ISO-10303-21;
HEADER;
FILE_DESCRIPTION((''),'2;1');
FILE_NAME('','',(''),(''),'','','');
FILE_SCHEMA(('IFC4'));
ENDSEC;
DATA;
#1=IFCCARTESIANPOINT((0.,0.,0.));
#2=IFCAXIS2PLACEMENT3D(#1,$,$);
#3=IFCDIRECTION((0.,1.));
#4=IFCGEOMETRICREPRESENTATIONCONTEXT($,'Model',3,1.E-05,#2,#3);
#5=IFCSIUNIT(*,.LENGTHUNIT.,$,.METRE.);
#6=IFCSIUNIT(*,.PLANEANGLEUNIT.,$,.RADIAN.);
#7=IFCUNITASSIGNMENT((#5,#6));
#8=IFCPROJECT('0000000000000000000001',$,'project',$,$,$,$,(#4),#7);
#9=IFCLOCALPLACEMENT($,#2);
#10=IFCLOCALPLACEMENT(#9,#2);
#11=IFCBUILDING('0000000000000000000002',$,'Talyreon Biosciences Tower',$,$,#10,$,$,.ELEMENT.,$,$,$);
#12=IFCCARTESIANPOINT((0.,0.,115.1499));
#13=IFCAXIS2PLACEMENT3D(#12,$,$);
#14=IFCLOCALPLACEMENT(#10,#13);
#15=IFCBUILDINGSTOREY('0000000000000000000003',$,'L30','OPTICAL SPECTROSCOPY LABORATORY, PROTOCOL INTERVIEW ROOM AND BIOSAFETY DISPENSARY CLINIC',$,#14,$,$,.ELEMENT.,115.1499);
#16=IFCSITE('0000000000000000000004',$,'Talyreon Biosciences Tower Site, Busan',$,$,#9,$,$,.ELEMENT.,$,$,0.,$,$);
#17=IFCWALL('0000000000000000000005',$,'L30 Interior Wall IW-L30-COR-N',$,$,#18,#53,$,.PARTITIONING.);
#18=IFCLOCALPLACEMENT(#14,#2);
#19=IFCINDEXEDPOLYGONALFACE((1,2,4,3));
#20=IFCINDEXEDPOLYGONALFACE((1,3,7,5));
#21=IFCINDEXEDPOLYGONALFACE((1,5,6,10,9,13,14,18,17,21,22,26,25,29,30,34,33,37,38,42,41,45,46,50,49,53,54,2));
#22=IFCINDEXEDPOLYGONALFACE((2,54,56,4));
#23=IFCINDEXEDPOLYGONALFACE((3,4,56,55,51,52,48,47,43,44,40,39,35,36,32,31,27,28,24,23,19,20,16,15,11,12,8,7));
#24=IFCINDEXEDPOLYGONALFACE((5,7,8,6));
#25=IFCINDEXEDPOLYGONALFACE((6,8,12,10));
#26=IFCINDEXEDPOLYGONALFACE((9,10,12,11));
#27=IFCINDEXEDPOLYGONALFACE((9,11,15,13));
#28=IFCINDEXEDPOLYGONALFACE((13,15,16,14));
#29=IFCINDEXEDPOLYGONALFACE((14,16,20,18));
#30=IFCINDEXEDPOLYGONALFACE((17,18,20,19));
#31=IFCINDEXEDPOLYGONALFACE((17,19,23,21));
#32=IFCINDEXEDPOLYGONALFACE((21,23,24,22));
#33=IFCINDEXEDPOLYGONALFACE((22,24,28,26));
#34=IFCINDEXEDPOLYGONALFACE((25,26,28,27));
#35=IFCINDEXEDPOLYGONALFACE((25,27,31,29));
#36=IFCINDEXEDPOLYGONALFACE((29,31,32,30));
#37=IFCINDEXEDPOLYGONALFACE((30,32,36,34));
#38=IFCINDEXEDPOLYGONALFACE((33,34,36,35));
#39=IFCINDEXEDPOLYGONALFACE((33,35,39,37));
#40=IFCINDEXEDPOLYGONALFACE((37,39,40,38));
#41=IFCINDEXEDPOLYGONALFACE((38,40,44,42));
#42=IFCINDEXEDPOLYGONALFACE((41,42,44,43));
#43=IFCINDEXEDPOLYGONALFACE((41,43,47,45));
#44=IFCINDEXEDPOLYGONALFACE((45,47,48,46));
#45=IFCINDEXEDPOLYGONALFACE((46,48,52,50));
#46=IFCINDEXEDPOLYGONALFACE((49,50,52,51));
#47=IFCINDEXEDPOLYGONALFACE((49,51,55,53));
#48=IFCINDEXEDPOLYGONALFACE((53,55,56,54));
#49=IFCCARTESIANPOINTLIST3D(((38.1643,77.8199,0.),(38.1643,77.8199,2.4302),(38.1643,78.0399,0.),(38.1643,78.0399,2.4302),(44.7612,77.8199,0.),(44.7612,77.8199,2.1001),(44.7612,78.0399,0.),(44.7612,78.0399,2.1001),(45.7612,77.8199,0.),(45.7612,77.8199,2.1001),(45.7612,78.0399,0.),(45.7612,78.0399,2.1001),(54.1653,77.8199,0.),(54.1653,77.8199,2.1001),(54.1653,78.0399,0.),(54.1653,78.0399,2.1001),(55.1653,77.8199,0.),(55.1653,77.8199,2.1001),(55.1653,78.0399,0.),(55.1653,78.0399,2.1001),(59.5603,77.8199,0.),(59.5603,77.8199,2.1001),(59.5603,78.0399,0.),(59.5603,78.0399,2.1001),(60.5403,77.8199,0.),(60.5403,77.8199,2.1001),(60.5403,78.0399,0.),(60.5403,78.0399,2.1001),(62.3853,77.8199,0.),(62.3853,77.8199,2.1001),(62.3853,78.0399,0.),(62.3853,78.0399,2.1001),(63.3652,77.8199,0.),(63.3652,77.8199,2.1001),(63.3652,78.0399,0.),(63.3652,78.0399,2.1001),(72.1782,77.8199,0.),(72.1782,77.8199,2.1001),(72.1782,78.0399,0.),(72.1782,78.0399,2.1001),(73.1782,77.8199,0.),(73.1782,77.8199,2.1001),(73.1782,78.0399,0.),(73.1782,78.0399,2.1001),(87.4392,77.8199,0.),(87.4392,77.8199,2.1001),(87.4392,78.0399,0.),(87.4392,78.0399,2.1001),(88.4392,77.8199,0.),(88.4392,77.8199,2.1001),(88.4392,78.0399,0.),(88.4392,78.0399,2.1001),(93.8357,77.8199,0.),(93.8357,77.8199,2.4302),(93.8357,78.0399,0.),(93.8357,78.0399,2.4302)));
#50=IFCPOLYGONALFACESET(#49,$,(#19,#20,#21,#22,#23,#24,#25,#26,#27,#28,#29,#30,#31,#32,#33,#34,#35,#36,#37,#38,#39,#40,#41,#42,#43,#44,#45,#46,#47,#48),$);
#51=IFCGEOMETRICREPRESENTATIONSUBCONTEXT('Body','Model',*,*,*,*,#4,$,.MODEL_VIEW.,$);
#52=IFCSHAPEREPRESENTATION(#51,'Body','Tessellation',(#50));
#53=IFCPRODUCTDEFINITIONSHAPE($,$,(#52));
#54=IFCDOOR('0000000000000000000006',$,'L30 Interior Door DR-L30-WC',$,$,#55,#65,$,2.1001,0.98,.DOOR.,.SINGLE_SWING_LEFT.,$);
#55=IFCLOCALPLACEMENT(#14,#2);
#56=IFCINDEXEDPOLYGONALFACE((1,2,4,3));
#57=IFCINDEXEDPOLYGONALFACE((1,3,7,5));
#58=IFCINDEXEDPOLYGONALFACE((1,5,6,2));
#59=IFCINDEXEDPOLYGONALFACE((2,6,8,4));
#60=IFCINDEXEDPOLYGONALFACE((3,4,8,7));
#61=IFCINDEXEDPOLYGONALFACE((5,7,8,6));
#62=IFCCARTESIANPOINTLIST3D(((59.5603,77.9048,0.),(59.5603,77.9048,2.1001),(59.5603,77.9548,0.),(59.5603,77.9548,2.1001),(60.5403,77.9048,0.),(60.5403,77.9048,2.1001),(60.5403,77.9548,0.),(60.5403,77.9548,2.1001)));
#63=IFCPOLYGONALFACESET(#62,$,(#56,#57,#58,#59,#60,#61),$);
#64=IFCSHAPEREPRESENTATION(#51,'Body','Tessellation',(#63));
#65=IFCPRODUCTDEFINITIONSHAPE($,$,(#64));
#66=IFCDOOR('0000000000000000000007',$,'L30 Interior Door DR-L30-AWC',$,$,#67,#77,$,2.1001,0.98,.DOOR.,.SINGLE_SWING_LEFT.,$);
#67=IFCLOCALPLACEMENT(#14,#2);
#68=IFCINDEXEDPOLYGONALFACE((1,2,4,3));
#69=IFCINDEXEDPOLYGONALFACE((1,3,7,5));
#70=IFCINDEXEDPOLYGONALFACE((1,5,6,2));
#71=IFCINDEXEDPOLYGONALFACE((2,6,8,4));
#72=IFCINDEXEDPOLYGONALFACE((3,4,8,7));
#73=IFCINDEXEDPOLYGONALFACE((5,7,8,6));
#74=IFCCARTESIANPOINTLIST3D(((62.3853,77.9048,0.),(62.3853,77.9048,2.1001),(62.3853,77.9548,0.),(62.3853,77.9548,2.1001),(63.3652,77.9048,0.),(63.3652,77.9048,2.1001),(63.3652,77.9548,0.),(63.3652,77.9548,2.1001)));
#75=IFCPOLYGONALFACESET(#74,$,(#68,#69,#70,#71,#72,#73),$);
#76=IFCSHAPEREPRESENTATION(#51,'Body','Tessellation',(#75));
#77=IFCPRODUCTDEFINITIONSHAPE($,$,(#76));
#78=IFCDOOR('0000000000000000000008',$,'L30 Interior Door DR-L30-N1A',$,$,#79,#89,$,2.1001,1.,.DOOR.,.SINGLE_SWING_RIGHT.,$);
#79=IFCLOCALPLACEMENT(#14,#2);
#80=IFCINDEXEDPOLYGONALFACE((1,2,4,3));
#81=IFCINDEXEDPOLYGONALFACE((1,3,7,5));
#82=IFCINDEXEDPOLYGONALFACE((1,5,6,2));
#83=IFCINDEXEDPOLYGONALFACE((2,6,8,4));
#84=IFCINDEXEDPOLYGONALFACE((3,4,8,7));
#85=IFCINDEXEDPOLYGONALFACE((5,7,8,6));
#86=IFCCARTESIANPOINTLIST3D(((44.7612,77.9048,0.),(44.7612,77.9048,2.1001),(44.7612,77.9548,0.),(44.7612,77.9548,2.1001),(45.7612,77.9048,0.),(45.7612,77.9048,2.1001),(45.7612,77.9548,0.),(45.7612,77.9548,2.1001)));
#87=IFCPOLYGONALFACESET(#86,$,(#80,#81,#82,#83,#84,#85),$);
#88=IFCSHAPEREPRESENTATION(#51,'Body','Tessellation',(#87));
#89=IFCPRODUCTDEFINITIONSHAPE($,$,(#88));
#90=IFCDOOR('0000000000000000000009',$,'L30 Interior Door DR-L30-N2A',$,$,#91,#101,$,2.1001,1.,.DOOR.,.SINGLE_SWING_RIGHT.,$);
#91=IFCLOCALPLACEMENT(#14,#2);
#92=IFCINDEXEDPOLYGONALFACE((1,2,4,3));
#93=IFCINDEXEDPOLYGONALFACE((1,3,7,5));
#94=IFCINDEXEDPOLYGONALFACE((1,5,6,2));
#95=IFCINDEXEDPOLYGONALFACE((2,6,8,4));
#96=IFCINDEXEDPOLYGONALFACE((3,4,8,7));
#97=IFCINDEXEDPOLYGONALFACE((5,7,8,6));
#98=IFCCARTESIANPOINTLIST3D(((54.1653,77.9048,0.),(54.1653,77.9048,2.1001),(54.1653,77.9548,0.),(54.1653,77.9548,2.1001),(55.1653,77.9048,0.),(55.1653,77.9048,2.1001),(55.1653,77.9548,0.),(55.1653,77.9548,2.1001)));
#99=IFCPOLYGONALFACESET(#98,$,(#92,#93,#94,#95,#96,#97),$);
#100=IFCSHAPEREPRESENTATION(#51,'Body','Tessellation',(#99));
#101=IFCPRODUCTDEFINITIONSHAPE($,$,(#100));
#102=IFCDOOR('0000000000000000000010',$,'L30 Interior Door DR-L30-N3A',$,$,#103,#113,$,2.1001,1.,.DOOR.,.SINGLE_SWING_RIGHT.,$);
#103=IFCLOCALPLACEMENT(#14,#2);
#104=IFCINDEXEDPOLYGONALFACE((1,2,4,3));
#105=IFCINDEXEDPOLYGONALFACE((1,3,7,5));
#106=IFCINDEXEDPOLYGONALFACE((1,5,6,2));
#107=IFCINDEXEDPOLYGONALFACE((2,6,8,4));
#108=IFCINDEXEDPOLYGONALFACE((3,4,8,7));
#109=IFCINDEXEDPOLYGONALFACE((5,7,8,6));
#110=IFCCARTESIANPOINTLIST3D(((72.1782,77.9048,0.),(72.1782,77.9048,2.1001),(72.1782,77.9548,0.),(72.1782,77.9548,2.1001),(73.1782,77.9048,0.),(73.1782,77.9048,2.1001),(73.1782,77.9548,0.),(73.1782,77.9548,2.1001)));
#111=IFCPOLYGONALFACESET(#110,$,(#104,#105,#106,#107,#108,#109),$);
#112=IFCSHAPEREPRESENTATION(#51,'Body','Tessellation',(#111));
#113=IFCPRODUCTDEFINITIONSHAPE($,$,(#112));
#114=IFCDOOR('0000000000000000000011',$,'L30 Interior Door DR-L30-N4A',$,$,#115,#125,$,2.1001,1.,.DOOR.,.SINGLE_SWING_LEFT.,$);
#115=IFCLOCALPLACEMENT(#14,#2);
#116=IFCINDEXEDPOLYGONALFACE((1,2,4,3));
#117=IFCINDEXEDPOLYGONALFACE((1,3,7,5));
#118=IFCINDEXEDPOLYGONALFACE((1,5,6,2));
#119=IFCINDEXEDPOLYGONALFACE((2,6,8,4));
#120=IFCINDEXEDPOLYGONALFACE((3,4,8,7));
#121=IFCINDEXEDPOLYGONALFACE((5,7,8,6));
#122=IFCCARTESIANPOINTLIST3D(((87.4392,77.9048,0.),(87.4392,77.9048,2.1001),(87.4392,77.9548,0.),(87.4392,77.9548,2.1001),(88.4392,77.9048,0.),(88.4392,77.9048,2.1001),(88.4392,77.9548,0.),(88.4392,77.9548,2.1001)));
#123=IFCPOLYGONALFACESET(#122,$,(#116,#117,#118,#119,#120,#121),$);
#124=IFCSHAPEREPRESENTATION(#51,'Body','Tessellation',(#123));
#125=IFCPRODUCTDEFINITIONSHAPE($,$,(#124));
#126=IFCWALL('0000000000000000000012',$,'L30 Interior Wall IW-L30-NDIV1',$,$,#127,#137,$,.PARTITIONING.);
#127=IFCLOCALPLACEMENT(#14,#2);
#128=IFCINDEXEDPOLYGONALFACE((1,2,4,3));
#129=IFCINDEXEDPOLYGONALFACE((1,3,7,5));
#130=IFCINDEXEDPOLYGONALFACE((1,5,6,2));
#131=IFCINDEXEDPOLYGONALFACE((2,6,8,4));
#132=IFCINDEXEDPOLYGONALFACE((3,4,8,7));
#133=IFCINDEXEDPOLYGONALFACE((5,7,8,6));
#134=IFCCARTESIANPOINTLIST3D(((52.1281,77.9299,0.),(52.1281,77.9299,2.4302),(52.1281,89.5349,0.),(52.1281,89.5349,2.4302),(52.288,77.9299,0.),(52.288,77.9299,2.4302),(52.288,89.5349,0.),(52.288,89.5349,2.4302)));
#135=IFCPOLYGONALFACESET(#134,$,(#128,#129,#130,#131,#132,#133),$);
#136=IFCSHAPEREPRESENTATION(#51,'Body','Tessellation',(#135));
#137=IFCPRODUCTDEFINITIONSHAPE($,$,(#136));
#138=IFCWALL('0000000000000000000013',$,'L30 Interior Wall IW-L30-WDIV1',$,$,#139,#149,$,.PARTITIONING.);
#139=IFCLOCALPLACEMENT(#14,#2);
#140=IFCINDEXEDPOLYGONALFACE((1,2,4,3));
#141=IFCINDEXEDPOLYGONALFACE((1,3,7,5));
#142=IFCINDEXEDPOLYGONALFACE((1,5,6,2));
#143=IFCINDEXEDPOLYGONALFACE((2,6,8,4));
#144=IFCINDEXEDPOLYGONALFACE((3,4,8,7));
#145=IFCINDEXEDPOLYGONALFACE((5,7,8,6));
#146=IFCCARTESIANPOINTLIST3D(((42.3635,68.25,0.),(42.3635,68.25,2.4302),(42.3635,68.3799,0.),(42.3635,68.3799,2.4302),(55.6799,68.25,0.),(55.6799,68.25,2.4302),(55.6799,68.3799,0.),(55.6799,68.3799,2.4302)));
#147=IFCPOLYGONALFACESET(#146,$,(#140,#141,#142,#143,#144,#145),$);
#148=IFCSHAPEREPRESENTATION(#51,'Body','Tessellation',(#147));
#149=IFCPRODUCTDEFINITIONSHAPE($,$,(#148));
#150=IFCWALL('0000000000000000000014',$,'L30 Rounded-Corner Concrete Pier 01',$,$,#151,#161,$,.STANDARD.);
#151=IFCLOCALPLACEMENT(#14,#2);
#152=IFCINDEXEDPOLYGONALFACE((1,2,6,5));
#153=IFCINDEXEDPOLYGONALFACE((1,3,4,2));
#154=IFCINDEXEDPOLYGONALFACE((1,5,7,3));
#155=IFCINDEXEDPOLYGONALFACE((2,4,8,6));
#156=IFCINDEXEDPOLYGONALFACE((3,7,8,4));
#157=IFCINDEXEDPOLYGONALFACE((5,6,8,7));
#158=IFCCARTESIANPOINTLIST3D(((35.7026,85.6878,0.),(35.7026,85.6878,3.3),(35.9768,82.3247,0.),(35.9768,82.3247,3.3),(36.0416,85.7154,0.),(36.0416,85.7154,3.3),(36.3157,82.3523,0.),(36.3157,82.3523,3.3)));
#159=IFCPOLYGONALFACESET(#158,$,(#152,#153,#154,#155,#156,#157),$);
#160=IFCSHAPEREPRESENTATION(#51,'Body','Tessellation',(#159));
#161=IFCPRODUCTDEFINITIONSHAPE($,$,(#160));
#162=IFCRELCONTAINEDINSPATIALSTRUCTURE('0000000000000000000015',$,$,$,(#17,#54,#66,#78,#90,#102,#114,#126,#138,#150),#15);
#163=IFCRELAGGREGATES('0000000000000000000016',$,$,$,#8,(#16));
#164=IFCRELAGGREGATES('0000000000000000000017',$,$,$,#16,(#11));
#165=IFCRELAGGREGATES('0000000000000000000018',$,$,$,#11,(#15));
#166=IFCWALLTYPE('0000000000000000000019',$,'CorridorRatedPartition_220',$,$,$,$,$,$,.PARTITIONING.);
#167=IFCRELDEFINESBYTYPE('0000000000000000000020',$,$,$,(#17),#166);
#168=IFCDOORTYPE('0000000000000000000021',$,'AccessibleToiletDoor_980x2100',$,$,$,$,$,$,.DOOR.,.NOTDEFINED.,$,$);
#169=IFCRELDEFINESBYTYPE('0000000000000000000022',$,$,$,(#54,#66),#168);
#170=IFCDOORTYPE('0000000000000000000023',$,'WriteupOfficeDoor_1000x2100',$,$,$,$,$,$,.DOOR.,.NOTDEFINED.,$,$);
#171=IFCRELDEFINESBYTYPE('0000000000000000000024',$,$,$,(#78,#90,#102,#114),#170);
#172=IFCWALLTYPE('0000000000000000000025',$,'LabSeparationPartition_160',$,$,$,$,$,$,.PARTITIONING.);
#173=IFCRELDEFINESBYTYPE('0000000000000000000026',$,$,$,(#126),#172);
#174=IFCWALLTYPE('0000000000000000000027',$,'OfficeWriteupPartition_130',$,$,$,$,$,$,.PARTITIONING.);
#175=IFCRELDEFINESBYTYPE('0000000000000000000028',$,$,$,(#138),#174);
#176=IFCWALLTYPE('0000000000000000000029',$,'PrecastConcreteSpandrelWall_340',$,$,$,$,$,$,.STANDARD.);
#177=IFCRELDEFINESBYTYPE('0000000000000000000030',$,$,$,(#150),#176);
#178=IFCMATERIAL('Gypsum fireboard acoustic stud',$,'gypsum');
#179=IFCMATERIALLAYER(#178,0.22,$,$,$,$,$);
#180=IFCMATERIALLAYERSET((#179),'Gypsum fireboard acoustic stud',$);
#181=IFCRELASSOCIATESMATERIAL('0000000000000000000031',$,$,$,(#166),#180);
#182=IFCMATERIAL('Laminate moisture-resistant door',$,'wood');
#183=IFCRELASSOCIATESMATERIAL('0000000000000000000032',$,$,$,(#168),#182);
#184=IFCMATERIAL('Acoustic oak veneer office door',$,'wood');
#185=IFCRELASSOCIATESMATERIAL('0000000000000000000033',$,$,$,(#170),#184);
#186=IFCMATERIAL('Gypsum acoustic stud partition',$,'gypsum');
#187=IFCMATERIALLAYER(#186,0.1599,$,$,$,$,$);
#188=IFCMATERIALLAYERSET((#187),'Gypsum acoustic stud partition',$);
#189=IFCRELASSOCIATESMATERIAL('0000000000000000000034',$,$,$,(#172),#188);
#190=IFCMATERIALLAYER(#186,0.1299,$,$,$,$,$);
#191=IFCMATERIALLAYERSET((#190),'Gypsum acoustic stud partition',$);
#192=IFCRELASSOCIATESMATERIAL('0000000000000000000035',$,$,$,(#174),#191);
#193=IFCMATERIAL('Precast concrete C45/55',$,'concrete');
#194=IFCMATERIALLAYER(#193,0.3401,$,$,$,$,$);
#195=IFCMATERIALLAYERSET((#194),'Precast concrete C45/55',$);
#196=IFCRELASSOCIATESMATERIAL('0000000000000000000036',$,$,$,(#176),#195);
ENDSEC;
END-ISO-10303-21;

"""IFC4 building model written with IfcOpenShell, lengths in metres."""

from ifc_helpers import new_model, si_unit, direction, frame, frame_2d, origin, place, context, subcontext, project, spatial, rectangle, extrude, material, layer, layer_set, type_object, element, fill, save


model = new_model("IFC4")

# Units and contexts
model_context = context("Model", 3, precision=1e-05, world=origin(), true_north=direction((0.0, 1.0)))
body_context = subcontext(model_context, "Body", "Model", "MODEL_VIEW")
ifc_project = project(units=[si_unit("LENGTHUNIT", "METRE"), si_unit("PLANEANGLEUNIT", "RADIAN")], contexts=[model_context])

# Site, building, storey
site_placement = place(None, origin())
site = spatial("IfcSite", under=ifc_project, at=site_placement, Name="Talyreon Biosciences Tower Site, Busan", CompositionType="ELEMENT", RefElevation=0.0)
building_placement = place(site_placement, origin())
building = spatial("IfcBuilding", under=site, at=building_placement, Name="Talyreon Biosciences Tower", CompositionType="ELEMENT")
storey_placement = place(building_placement, frame((0.0, 0.0, 115.1499)))
storey = spatial("IfcBuildingStorey", under=building, at=storey_placement, Name="L30", Description="OPTICAL SPECTROSCOPY LABORATORY, PROTOCOL INTERVIEW ROOM AND BIOSAFETY DISPENSARY CLINIC", CompositionType="ELEMENT", Elevation=115.1499)

# Shared definitions
ifc_material_1 = material(Name="Precast concrete C45/55", Category="concrete")

# Wall, openings, doors
ifc_material_2 = material(Name="Gypsum fireboard acoustic stud", Category="gypsum")
ifc_layer_1 = layer(ifc_material_2, 0.22)
ifc_layer_set_1 = layer_set([ifc_layer_1], Name="Gypsum fireboard acoustic stud")
wall_type_1 = type_object("IfcWallType", Name="CorridorRatedPartition_220", PredefinedType="PARTITIONING", material=ifc_layer_set_1)
wall_1_placement = place(storey_placement, frame((38.1643, 77.9299, 0.0), z_axis=(0.0, 0.0, 1.0), x_axis=(1.0, 0.0, 0.0)))
wall_1 = element("IfcWall", 1, at=wall_1_placement, inside=storey, type_object=wall_type_1, Name="L30 Interior Wall IW-L30-COR-N", PredefinedType="PARTITIONING", context=body_context, shape_type="SweptSolid", body=[
    extrude(rectangle(XDim=55.6714, YDim=0.22, at=frame_2d((27.8357, 0.0))), origin(), (0.0, 0.0, 1.0), 2.4302),
])
opening_1_placement = place(wall_1_placement, frame((21.396, 0.0, 0.0)))
opening_1 = element("IfcOpeningElement", 2, at=opening_1_placement, cuts=wall_1, PredefinedType="OPENING", context=body_context, shape_type="SweptSolid", body=[
    extrude(rectangle(XDim=0.98, YDim=2.1001, at=frame_2d((0.49, 1.05))), frame((0.0, 0.1199, 0.0), z_axis=(0.0, -1.0, 0.0), x_axis=(1.0, 0.0, 0.0)), (0.0, 0.0, 1.0), 0.24),
])
opening_2_placement = place(wall_1_placement, frame((24.2209, 0.0, 0.0)))
opening_2 = element("IfcOpeningElement", 3, at=opening_2_placement, cuts=wall_1, PredefinedType="OPENING", context=body_context, shape_type="SweptSolid", body=[
    extrude(rectangle(XDim=0.98, YDim=2.1001, at=frame_2d((0.49, 1.05))), frame((0.0, 0.1199, 0.0), z_axis=(0.0, -1.0, 0.0), x_axis=(1.0, 0.0, 0.0)), (0.0, 0.0, 1.0), 0.24),
])
opening_3_placement = place(wall_1_placement, frame((6.5969, 0.0, 0.0)))
opening_3 = element("IfcOpeningElement", 4, at=opening_3_placement, cuts=wall_1, PredefinedType="OPENING", context=body_context, shape_type="SweptSolid", body=[
    extrude(rectangle(XDim=1.0, YDim=2.1001, at=frame_2d((0.5, 1.05))), frame((0.0, 0.1199, 0.0), z_axis=(0.0, -1.0, 0.0), x_axis=(1.0, 0.0, 0.0)), (0.0, 0.0, 1.0), 0.24),
])
opening_4_placement = place(wall_1_placement, frame((16.001, 0.0, 0.0)))
opening_4 = element("IfcOpeningElement", 5, at=opening_4_placement, cuts=wall_1, PredefinedType="OPENING", context=body_context, shape_type="SweptSolid", body=[
    extrude(rectangle(XDim=1.0, YDim=2.1001, at=frame_2d((0.5, 1.05))), frame((0.0, 0.1199, 0.0), z_axis=(0.0, -1.0, 0.0), x_axis=(1.0, 0.0, 0.0)), (0.0, 0.0, 1.0), 0.24),
])
opening_5_placement = place(wall_1_placement, frame((34.0139, 0.0, 0.0)))
opening_5 = element("IfcOpeningElement", 6, at=opening_5_placement, cuts=wall_1, PredefinedType="OPENING", context=body_context, shape_type="SweptSolid", body=[
    extrude(rectangle(XDim=1.0, YDim=2.1001, at=frame_2d((0.5, 1.05))), frame((0.0, 0.1199, 0.0), z_axis=(0.0, -1.0, 0.0), x_axis=(1.0, 0.0, 0.0)), (0.0, 0.0, 1.0), 0.24),
])
opening_6_placement = place(wall_1_placement, frame((49.2749, 0.0, 0.0)))
opening_6 = element("IfcOpeningElement", 7, at=opening_6_placement, cuts=wall_1, PredefinedType="OPENING", context=body_context, shape_type="SweptSolid", body=[
    extrude(rectangle(XDim=1.0, YDim=2.1001, at=frame_2d((0.5, 1.05))), frame((0.0, 0.1199, 0.0), z_axis=(0.0, -1.0, 0.0), x_axis=(1.0, 0.0, 0.0)), (0.0, 0.0, 1.0), 0.24),
])
ifc_material_3 = material(Name="Laminate moisture-resistant door", Category="wood")
door_type_1 = type_object("IfcDoorType", Name="AccessibleToiletDoor_980x2100", OperationType="NOTDEFINED", PredefinedType="DOOR", material=ifc_material_3)
door_1_placement = place(opening_1_placement, origin())
door_1 = element("IfcDoor", 8, at=door_1_placement, inside=storey, type_object=door_type_1, Name="L30 Interior Door DR-L30-WC", OperationType="SINGLE_SWING_LEFT", OverallHeight=2.1001, OverallWidth=0.98, PredefinedType="DOOR", context=body_context, shape_type="SweptSolid", body=[
    extrude(rectangle(XDim=0.98, YDim=2.1001, at=frame_2d((0.49, 1.05))), frame((0.0, 0.0249, 0.0), z_axis=(0.0, -1.0, 0.0), x_axis=(1.0, 0.0, 0.0)), (0.0, 0.0, 1.0), 0.05),
])
fill(opening_1, door_1)
door_2_placement = place(opening_2_placement, origin())
door_2 = element("IfcDoor", 9, at=door_2_placement, inside=storey, type_object=door_type_1, Name="L30 Interior Door DR-L30-AWC", OperationType="SINGLE_SWING_LEFT", OverallHeight=2.1001, OverallWidth=0.98, PredefinedType="DOOR", context=body_context, shape_type="SweptSolid", body=[
    extrude(rectangle(XDim=0.98, YDim=2.1001, at=frame_2d((0.49, 1.05))), frame((0.0, 0.0249, 0.0), z_axis=(0.0, -1.0, 0.0), x_axis=(1.0, 0.0, 0.0)), (0.0, 0.0, 1.0), 0.05),
])
fill(opening_2, door_2)
ifc_material_4 = material(Name="Acoustic oak veneer office door", Category="wood")
door_type_2 = type_object("IfcDoorType", Name="WriteupOfficeDoor_1000x2100", OperationType="NOTDEFINED", PredefinedType="DOOR", material=ifc_material_4)
door_3_placement = place(opening_3_placement, origin())
door_3 = element("IfcDoor", 10, at=door_3_placement, inside=storey, type_object=door_type_2, Name="L30 Interior Door DR-L30-N1A", OperationType="SINGLE_SWING_RIGHT", OverallHeight=2.1001, OverallWidth=1.0, PredefinedType="DOOR", context=body_context, shape_type="SweptSolid", body=[
    extrude(rectangle(XDim=1.0, YDim=2.1001, at=frame_2d((0.5, 1.05))), frame((0.0, 0.0249, 0.0), z_axis=(0.0, -1.0, 0.0), x_axis=(1.0, 0.0, 0.0)), (0.0, 0.0, 1.0), 0.05),
])
fill(opening_3, door_3)
door_4_placement = place(opening_4_placement, origin())
door_4 = element("IfcDoor", 11, at=door_4_placement, inside=storey, type_object=door_type_2, Name="L30 Interior Door DR-L30-N2A", OperationType="SINGLE_SWING_RIGHT", OverallHeight=2.1001, OverallWidth=1.0, PredefinedType="DOOR", context=body_context, shape_type="SweptSolid", body=[
    extrude(rectangle(XDim=1.0, YDim=2.1001, at=frame_2d((0.5, 1.05))), frame((0.0, 0.0249, 0.0), z_axis=(0.0, -1.0, 0.0), x_axis=(1.0, 0.0, 0.0)), (0.0, 0.0, 1.0), 0.05),
])
fill(opening_4, door_4)
door_5_placement = place(opening_5_placement, origin())
door_5 = element("IfcDoor", 12, at=door_5_placement, inside=storey, type_object=door_type_2, Name="L30 Interior Door DR-L30-N3A", OperationType="SINGLE_SWING_RIGHT", OverallHeight=2.1001, OverallWidth=1.0, PredefinedType="DOOR", context=body_context, shape_type="SweptSolid", body=[
    extrude(rectangle(XDim=1.0, YDim=2.1001, at=frame_2d((0.5, 1.05))), frame((0.0, 0.0249, 0.0), z_axis=(0.0, -1.0, 0.0), x_axis=(1.0, 0.0, 0.0)), (0.0, 0.0, 1.0), 0.05),
])
fill(opening_5, door_5)
door_6_placement = place(opening_6_placement, origin())
door_6 = element("IfcDoor", 13, at=door_6_placement, inside=storey, type_object=door_type_2, Name="L30 Interior Door DR-L30-N4A", OperationType="SINGLE_SWING_LEFT", OverallHeight=2.1001, OverallWidth=1.0, PredefinedType="DOOR", context=body_context, shape_type="SweptSolid", body=[
    extrude(rectangle(XDim=1.0, YDim=2.1001, at=frame_2d((0.5, 1.05))), frame((0.0, 0.0249, 0.0), z_axis=(0.0, -1.0, 0.0), x_axis=(1.0, 0.0, 0.0)), (0.0, 0.0, 1.0), 0.05),
])
fill(opening_6, door_6)

# Walls
ifc_material_5 = material(Name="Gypsum acoustic stud partition", Category="gypsum")
ifc_layer_2 = layer(ifc_material_5, 0.1599)
ifc_layer_set_2 = layer_set([ifc_layer_2], Name="Gypsum acoustic stud partition")
wall_type_2 = type_object("IfcWallType", Name="LabSeparationPartition_160", PredefinedType="PARTITIONING", material=ifc_layer_set_2)
wall_2_placement = place(storey_placement, frame((52.208, 77.9299, 0.0), z_axis=(0.0, 0.0, 1.0), x_axis=(0.0, 1.0, 0.0)))
element("IfcWall", 14, at=wall_2_placement, inside=storey, type_object=wall_type_2, Name="L30 Interior Wall IW-L30-NDIV1", PredefinedType="PARTITIONING", context=body_context, shape_type="SweptSolid", body=[
    extrude(rectangle(XDim=11.605, YDim=0.1599, at=frame_2d((5.8025, 0.0))), origin(), (0.0, 0.0, 1.0), 2.4302),
])
ifc_layer_3 = layer(ifc_material_5, 0.1299)
ifc_layer_set_3 = layer_set([ifc_layer_3], Name="Gypsum acoustic stud partition")
wall_type_3 = type_object("IfcWallType", Name="OfficeWriteupPartition_130", PredefinedType="PARTITIONING", material=ifc_layer_set_3)
wall_3_placement = place(storey_placement, frame((42.3635, 68.3149, 0.0), z_axis=(0.0, 0.0, 1.0), x_axis=(1.0, 0.0, 0.0)))
element("IfcWall", 15, at=wall_3_placement, inside=storey, type_object=wall_type_3, Name="L30 Interior Wall IW-L30-WDIV1", PredefinedType="PARTITIONING", context=body_context, shape_type="SweptSolid", body=[
    extrude(rectangle(XDim=13.3164, YDim=0.1299, at=frame_2d((6.6582, 0.0))), origin(), (0.0, 0.0, 1.0), 2.4302),
])
ifc_layer_4 = layer(ifc_material_1, 0.3401)
ifc_layer_set_4 = layer_set([ifc_layer_4], Name="Precast concrete C45/55")
wall_type_4 = type_object("IfcWallType", Name="PrecastConcreteSpandrelWall_340", PredefinedType="STANDARD", material=ifc_layer_set_4)
for number, where, z_axis, x_axis, name in (
    (16, (36.1462, 82.3386, 0.0), (0.0, 0.0, 1.0), (-0.081255, 0.996693, 0.0), "L30 Rounded-Corner Concrete Pier 01"),
):
    element("IfcWall", number, at=place(storey_placement, frame(where, z_axis=z_axis, x_axis=x_axis)), inside=storey, type_object=wall_type_4, Name=name, PredefinedType="STANDARD", context=body_context, shape_type="SweptSolid", body=[
        extrude(rectangle(XDim=3.3743, YDim=0.3401, at=frame_2d((1.687, 0.0))), origin(), (0.0, 0.0, 1.0), 3.3),
    ])

save(model, "model.ifc")
